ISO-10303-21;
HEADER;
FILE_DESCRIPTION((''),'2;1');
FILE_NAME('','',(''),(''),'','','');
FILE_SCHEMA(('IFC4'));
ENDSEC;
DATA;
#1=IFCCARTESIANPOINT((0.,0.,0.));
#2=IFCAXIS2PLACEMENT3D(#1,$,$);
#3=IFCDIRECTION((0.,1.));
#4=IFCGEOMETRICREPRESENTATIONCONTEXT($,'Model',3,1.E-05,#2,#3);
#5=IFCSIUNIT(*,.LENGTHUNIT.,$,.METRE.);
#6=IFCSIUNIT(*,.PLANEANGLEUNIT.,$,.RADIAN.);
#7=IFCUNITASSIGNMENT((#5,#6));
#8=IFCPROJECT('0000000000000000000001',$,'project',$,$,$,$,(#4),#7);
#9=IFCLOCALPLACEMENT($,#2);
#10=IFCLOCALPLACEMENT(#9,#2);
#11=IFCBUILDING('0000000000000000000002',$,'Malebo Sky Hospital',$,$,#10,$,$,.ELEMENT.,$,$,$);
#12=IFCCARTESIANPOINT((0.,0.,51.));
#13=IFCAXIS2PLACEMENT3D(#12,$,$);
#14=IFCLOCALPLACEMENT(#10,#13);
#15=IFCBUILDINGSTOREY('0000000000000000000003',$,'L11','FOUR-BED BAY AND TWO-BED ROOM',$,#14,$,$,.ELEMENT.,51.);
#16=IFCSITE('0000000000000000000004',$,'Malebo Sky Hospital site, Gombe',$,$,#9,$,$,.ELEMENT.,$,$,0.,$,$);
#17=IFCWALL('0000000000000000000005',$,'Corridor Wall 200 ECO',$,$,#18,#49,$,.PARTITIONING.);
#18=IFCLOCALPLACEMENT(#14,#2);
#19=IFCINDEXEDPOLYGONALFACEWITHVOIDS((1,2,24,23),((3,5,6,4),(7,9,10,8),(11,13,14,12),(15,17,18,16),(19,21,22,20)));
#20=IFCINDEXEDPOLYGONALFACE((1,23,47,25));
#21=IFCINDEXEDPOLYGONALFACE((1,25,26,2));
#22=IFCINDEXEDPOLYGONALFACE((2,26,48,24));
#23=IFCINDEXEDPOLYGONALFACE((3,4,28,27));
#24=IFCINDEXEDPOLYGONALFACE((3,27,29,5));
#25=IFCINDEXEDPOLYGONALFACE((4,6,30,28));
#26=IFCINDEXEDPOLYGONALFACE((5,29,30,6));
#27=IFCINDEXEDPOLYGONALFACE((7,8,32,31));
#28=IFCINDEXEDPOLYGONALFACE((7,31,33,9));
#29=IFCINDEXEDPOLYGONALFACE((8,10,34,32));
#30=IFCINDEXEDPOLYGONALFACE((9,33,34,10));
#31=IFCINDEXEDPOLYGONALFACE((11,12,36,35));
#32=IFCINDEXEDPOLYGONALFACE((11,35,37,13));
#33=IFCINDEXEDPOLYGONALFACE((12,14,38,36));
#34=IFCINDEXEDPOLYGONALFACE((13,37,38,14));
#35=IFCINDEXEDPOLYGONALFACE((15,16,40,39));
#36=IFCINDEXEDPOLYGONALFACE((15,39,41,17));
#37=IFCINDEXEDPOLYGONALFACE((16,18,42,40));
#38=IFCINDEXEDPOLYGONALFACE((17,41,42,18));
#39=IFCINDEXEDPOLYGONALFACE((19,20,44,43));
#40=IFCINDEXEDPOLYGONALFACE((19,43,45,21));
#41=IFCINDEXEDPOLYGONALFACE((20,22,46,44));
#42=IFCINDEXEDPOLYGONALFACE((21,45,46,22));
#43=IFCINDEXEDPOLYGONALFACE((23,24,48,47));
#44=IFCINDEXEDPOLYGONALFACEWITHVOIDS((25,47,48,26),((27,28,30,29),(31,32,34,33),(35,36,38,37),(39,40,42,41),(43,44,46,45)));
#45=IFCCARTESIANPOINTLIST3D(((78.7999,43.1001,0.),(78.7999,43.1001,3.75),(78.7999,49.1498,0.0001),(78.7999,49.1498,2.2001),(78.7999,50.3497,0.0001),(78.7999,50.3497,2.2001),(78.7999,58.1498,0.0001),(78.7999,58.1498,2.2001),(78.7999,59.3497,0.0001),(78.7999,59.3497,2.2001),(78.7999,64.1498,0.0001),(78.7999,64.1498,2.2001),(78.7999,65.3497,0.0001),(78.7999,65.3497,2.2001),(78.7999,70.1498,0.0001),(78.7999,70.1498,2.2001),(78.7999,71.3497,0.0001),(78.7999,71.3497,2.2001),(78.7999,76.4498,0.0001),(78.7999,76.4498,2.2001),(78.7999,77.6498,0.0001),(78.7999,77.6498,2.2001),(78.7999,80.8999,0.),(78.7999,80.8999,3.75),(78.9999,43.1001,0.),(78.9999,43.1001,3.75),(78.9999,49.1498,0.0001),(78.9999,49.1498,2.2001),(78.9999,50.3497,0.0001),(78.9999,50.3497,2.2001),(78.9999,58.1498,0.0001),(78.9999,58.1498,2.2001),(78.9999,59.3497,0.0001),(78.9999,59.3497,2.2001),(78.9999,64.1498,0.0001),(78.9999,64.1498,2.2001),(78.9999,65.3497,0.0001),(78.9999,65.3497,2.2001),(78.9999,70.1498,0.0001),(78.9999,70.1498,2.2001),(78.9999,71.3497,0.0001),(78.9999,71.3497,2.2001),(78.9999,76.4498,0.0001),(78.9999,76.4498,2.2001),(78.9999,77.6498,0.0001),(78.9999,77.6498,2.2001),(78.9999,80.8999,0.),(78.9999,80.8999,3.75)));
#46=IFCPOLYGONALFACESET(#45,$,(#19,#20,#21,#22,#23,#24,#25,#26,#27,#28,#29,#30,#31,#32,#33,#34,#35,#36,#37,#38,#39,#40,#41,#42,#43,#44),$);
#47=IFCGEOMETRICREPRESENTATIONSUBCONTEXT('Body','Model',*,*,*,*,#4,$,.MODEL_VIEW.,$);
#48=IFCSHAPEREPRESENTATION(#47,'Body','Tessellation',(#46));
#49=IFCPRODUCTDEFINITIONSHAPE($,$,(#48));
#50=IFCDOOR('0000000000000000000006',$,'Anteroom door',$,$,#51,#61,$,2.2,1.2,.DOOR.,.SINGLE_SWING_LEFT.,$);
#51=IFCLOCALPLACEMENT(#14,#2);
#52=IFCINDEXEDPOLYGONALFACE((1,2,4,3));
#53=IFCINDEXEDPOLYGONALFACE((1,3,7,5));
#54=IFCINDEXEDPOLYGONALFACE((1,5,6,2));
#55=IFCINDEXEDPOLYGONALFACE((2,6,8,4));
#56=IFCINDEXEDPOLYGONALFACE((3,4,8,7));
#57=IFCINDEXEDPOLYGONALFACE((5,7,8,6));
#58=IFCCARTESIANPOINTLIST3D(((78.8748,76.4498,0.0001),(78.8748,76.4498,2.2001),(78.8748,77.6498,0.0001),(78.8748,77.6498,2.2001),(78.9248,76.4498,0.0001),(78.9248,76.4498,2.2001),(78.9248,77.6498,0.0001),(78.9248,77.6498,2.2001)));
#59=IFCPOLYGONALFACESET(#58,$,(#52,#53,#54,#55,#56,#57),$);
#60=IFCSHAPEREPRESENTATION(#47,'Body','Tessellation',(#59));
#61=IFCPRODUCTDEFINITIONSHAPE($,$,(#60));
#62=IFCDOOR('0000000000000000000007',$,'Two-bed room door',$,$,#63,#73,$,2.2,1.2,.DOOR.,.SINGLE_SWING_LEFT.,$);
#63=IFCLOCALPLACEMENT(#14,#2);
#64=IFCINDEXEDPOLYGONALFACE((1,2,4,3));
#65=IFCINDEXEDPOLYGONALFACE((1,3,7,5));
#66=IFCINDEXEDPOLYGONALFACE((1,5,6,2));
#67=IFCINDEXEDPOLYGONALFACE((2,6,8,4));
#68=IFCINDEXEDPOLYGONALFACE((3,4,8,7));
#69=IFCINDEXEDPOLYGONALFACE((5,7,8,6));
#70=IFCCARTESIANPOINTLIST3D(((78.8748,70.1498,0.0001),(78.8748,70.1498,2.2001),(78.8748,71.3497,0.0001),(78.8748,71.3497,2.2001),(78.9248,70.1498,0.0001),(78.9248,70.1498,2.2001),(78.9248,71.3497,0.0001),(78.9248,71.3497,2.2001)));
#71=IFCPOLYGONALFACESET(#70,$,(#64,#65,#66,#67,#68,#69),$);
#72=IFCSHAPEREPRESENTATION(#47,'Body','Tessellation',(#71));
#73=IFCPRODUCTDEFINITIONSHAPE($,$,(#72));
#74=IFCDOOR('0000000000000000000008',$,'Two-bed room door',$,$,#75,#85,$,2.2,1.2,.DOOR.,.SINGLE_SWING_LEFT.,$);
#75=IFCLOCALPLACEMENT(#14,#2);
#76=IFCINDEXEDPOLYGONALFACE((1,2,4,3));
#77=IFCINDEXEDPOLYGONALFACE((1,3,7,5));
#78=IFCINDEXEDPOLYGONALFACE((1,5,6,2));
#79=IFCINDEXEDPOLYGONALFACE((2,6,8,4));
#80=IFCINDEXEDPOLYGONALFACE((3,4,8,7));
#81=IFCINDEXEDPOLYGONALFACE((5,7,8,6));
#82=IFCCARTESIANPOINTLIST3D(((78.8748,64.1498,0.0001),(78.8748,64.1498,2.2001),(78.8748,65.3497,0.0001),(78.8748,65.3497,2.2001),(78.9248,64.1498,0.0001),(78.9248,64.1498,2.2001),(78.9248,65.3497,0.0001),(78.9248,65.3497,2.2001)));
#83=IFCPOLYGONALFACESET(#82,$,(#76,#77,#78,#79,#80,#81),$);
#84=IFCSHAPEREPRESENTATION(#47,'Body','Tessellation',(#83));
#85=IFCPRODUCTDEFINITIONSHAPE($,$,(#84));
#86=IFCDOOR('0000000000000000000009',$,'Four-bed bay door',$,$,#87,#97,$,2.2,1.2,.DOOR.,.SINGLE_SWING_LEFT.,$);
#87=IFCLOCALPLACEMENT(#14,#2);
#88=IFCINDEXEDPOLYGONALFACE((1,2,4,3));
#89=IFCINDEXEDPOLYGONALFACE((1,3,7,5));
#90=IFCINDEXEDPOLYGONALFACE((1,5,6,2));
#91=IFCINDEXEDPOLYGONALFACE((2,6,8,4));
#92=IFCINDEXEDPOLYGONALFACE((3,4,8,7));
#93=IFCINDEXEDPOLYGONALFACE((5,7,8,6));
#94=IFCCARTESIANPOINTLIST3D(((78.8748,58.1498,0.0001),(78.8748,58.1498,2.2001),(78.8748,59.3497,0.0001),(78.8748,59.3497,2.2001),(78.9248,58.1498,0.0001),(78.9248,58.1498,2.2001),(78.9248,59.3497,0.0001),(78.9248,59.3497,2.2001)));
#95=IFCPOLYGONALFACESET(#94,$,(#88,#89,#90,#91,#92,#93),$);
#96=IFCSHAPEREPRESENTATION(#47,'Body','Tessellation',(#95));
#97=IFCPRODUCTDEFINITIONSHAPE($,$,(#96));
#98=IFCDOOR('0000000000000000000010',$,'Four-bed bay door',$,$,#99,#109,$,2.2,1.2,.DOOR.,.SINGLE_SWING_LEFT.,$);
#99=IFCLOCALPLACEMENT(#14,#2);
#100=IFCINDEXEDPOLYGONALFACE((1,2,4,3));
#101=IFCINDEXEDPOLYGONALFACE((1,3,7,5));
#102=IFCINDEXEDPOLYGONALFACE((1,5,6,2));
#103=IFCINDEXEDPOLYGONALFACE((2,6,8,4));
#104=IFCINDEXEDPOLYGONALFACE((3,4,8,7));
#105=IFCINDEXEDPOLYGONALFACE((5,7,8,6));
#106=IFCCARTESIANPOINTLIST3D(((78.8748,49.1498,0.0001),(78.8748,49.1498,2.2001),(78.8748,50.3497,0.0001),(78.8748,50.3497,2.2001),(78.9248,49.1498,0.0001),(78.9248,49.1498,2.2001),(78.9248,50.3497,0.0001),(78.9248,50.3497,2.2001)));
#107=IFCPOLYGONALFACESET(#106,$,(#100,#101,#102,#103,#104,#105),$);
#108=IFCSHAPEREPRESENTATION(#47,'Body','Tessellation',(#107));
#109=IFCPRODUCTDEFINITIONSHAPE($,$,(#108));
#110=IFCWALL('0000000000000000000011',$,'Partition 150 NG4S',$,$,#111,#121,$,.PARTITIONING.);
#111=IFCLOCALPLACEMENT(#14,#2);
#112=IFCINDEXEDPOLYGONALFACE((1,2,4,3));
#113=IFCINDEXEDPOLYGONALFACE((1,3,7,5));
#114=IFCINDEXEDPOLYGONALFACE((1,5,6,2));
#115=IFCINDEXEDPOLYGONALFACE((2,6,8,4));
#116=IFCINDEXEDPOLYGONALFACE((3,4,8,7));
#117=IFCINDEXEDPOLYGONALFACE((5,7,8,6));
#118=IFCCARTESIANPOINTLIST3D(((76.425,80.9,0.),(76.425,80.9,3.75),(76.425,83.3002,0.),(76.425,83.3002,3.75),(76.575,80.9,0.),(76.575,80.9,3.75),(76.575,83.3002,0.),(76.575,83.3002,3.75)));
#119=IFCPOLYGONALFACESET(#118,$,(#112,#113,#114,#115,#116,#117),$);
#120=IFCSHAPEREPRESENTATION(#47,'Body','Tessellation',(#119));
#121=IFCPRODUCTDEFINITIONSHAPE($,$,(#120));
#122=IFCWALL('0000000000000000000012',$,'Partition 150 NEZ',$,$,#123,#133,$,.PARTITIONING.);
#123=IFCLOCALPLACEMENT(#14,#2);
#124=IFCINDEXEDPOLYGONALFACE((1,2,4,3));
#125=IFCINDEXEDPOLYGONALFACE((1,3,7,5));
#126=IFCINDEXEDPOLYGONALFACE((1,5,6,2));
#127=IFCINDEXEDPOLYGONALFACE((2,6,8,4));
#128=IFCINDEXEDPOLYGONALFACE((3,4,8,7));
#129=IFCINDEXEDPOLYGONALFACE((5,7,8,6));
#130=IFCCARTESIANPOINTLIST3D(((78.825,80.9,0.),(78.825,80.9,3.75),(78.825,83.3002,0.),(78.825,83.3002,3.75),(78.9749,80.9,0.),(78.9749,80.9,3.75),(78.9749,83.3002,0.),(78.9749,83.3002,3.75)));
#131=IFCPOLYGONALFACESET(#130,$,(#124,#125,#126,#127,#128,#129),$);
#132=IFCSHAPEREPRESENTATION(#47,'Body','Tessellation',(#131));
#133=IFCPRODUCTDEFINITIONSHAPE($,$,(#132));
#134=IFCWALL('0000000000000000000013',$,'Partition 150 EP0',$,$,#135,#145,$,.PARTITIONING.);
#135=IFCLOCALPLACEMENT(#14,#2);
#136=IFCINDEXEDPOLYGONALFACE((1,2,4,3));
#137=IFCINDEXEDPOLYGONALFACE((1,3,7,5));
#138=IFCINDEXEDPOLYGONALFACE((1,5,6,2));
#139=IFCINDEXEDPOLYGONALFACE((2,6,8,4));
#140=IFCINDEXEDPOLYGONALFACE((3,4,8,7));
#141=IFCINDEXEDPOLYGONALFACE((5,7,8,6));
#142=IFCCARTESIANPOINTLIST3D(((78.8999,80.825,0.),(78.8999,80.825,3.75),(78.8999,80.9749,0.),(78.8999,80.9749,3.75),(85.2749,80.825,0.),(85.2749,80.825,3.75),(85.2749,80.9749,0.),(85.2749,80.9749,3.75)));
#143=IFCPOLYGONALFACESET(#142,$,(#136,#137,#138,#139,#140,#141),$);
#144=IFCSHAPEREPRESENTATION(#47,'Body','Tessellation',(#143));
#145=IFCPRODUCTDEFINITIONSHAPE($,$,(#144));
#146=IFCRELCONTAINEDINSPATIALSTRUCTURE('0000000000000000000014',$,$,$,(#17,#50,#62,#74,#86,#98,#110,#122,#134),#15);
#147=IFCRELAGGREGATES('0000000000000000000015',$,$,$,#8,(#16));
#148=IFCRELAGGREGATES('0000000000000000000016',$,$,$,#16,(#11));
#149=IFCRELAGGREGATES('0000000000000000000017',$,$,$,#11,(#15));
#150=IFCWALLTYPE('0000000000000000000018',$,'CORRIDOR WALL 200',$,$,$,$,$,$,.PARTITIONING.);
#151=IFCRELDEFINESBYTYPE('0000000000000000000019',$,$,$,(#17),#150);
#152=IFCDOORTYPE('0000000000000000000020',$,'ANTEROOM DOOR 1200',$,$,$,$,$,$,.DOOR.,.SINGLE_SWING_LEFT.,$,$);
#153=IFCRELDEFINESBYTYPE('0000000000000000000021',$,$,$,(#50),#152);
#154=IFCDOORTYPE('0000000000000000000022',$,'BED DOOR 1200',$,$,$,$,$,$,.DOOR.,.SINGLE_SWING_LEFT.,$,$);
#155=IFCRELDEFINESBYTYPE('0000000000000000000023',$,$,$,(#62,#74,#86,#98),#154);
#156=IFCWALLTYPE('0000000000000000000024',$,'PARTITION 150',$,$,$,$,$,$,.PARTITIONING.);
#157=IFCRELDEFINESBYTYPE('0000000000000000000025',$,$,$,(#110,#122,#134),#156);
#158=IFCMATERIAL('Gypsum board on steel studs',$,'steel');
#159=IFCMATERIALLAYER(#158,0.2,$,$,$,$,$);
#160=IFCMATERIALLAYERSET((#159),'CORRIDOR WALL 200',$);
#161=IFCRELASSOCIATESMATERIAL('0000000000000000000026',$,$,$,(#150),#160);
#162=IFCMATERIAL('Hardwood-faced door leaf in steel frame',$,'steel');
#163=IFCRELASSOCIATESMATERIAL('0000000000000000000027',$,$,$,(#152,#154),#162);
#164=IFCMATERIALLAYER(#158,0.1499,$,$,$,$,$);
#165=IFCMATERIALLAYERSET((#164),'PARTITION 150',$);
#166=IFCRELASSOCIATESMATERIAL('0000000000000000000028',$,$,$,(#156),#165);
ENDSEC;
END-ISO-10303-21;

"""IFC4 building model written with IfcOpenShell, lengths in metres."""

from ifc_helpers import new_model, si_unit, direction, frame, frame_2d, origin, place, context, subcontext, project, spatial, rectangle, extrude, material, layer, layer_set, type_object, element, fill, save


model = new_model("IFC4")

# Units and contexts
model_context = context("Model", 3, precision=1e-05, world=origin(), true_north=direction((0.0, 1.0)))
body_context = subcontext(model_context, "Body", "Model", "MODEL_VIEW")
ifc_project = project(units=[si_unit("LENGTHUNIT", "METRE"), si_unit("PLANEANGLEUNIT", "RADIAN")], contexts=[model_context])

# Site, building, storey
site_placement = place(None, origin())
site = spatial("IfcSite", under=ifc_project, at=site_placement, Name="Malebo Sky Hospital site, Gombe", CompositionType="ELEMENT", RefElevation=0.0)
building_placement = place(site_placement, origin())
building = spatial("IfcBuilding", under=site, at=building_placement, Name="Malebo Sky Hospital", CompositionType="ELEMENT")
storey_placement = place(building_placement, frame((0.0, 0.0, 51.0)))
storey = spatial("IfcBuildingStorey", under=building, at=storey_placement, Name="L11", Description="FOUR-BED BAY AND TWO-BED ROOM", CompositionType="ELEMENT", Elevation=51.0)

# Wall, openings, doors
ifc_material_1 = material(Name="Gypsum board on steel studs", Category="steel")
ifc_layer_1 = layer(ifc_material_1, 0.2)
ifc_layer_set_1 = layer_set([ifc_layer_1], Name="CORRIDOR WALL 200")
wall_type_1 = type_object("IfcWallType", Name="CORRIDOR WALL 200", PredefinedType="PARTITIONING", material=ifc_layer_set_1)
wall_1_placement = place(storey_placement, frame((78.8999, 80.8999, 0.0), z_axis=(0.0, 0.0, 1.0), x_axis=(0.0, -1.0, 0.0)))
wall_1 = element("IfcWall", 1, at=wall_1_placement, inside=storey, type_object=wall_type_1, Name="Corridor Wall 200 ECO", PredefinedType="PARTITIONING", context=body_context, shape_type="SweptSolid", body=[
    extrude(rectangle(XDim=37.7998, YDim=0.2, at=frame_2d((18.8999, 0.0))), origin(), (0.0, 0.0, 1.0), 3.75),
])
opening_1_placement = place(wall_1_placement, frame((3.25, 0.0, 0.0)))
opening_1 = element("IfcOpeningElement", 2, at=opening_1_placement, cuts=wall_1, PredefinedType="OPENING", context=body_context, shape_type="SweptSolid", body=[
    extrude(rectangle(XDim=1.2, YDim=2.2, at=frame_2d((0.6001, 1.1001))), frame((0.0, 0.1099, 0.0), z_axis=(0.0, -1.0, 0.0), x_axis=(1.0, 0.0, 0.0)), (0.0, 0.0, 1.0), 0.22),
])
opening_2_placement = place(wall_1_placement, frame((9.55, 0.0, 0.0)))
opening_2 = element("IfcOpeningElement", 3, at=opening_2_placement, cuts=wall_1, PredefinedType="OPENING", context=body_context, shape_type="SweptSolid", body=[
    extrude(rectangle(XDim=1.2, YDim=2.2, at=frame_2d((0.6001, 1.1001))), frame((0.0, 0.1099, 0.0), z_axis=(0.0, -1.0, 0.0), x_axis=(1.0, 0.0, 0.0)), (0.0, 0.0, 1.0), 0.22),
])
opening_3_placement = place(wall_1_placement, frame((15.55, 0.0, 0.0)))
opening_3 = element("IfcOpeningElement", 4, at=opening_3_placement, cuts=wall_1, PredefinedType="OPENING", context=body_context, shape_type="SweptSolid", body=[
    extrude(rectangle(XDim=1.2, YDim=2.2, at=frame_2d((0.6001, 1.1001))), frame((0.0, 0.1099, 0.0), z_axis=(0.0, -1.0, 0.0), x_axis=(1.0, 0.0, 0.0)), (0.0, 0.0, 1.0), 0.22),
])
opening_4_placement = place(wall_1_placement, frame((21.55, 0.0, 0.0)))
opening_4 = element("IfcOpeningElement", 5, at=opening_4_placement, cuts=wall_1, PredefinedType="OPENING", context=body_context, shape_type="SweptSolid", body=[
    extrude(rectangle(XDim=1.2, YDim=2.2, at=frame_2d((0.6001, 1.1001))), frame((0.0, 0.1099, 0.0), z_axis=(0.0, -1.0, 0.0), x_axis=(1.0, 0.0, 0.0)), (0.0, 0.0, 1.0), 0.22),
])
opening_5_placement = place(wall_1_placement, frame((30.55, 0.0, 0.0)))
opening_5 = element("IfcOpeningElement", 6, at=opening_5_placement, cuts=wall_1, PredefinedType="OPENING", context=body_context, shape_type="SweptSolid", body=[
    extrude(rectangle(XDim=1.2, YDim=2.2, at=frame_2d((0.6001, 1.1001))), frame((0.0, 0.1099, 0.0), z_axis=(0.0, -1.0, 0.0), x_axis=(1.0, 0.0, 0.0)), (0.0, 0.0, 1.0), 0.22),
])
ifc_material_2 = material(Name="Hardwood-faced door leaf in steel frame", Category="steel")
door_type_1 = type_object("IfcDoorType", Name="ANTEROOM DOOR 1200", OperationType="SINGLE_SWING_LEFT", PredefinedType="DOOR", material=ifc_material_2)
door_1_placement = place(opening_1_placement, origin())
door_1 = element("IfcDoor", 7, at=door_1_placement, inside=storey, type_object=door_type_1, Name="Anteroom door", OperationType="SINGLE_SWING_LEFT", OverallHeight=2.2, OverallWidth=1.2, PredefinedType="DOOR", context=body_context, shape_type="SweptSolid", body=[
    extrude(rectangle(XDim=1.2, YDim=2.2, at=frame_2d((0.6001, 1.1001))), frame((0.0, 0.0249, 0.0), z_axis=(0.0, -1.0, 0.0), x_axis=(1.0, 0.0, 0.0)), (0.0, 0.0, 1.0), 0.05),
])
fill(opening_1, door_1)
door_type_2 = type_object("IfcDoorType", Name="BED DOOR 1200", OperationType="SINGLE_SWING_LEFT", PredefinedType="DOOR", material=ifc_material_2)
door_2_placement = place(opening_2_placement, origin())
door_2 = element("IfcDoor", 8, at=door_2_placement, inside=storey, type_object=door_type_2, Name="Two-bed room door", OperationType="SINGLE_SWING_LEFT", OverallHeight=2.2, OverallWidth=1.2, PredefinedType="DOOR", context=body_context, shape_type="SweptSolid", body=[
    extrude(rectangle(XDim=1.2, YDim=2.2, at=frame_2d((0.6001, 1.1001))), frame((0.0, 0.0249, 0.0), z_axis=(0.0, -1.0, 0.0), x_axis=(1.0, 0.0, 0.0)), (0.0, 0.0, 1.0), 0.05),
])
fill(opening_2, door_2)
door_3_placement = place(opening_3_placement, origin())
door_3 = element("IfcDoor", 9, at=door_3_placement, inside=storey, type_object=door_type_2, Name="Two-bed room door", OperationType="SINGLE_SWING_LEFT", OverallHeight=2.2, OverallWidth=1.2, PredefinedType="DOOR", context=body_context, shape_type="SweptSolid", body=[
    extrude(rectangle(XDim=1.2, YDim=2.2, at=frame_2d((0.6001, 1.1001))), frame((0.0, 0.0249, 0.0), z_axis=(0.0, -1.0, 0.0), x_axis=(1.0, 0.0, 0.0)), (0.0, 0.0, 1.0), 0.05),
])
fill(opening_3, door_3)
door_4_placement = place(opening_4_placement, origin())
door_4 = element("IfcDoor", 10, at=door_4_placement, inside=storey, type_object=door_type_2, Name="Four-bed bay door", OperationType="SINGLE_SWING_LEFT", OverallHeight=2.2, OverallWidth=1.2, PredefinedType="DOOR", context=body_context, shape_type="SweptSolid", body=[
    extrude(rectangle(XDim=1.2, YDim=2.2, at=frame_2d((0.6001, 1.1001))), frame((0.0, 0.0249, 0.0), z_axis=(0.0, -1.0, 0.0), x_axis=(1.0, 0.0, 0.0)), (0.0, 0.0, 1.0), 0.05),
])
fill(opening_4, door_4)
door_5_placement = place(opening_5_placement, origin())
door_5 = element("IfcDoor", 11, at=door_5_placement, inside=storey, type_object=door_type_2, Name="Four-bed bay door", OperationType="SINGLE_SWING_LEFT", OverallHeight=2.2, OverallWidth=1.2, PredefinedType="DOOR", context=body_context, shape_type="SweptSolid", body=[
    extrude(rectangle(XDim=1.2, YDim=2.2, at=frame_2d((0.6001, 1.1001))), frame((0.0, 0.0249, 0.0), z_axis=(0.0, -1.0, 0.0), x_axis=(1.0, 0.0, 0.0)), (0.0, 0.0, 1.0), 0.05),
])
fill(opening_5, door_5)

# Walls
ifc_layer_2 = layer(ifc_material_1, 0.1499)
ifc_layer_set_2 = layer_set([ifc_layer_2], Name="PARTITION 150")
wall_type_2 = type_object("IfcWallType", Name="PARTITION 150", PredefinedType="PARTITIONING", material=ifc_layer_set_2)
for number, where, z_axis, x_axis, name in (
    (12, (76.5, 80.8999, 0.0), (0.0, 0.0, 1.0), (0.0, 1.0, 0.0), "Partition 150 NG4S"),
    (13, (78.8999, 80.8999, 0.0), (0.0, 0.0, 1.0), (0.0, 1.0, 0.0), "Partition 150 NEZ"),
):
    element("IfcWall", number, at=place(storey_placement, frame(where, z_axis=z_axis, x_axis=x_axis)), inside=storey, type_object=wall_type_2, Name=name, PredefinedType="PARTITIONING", context=body_context, shape_type="SweptSolid", body=[
        extrude(rectangle(XDim=2.4001, YDim=0.1499, at=frame_2d((1.2002, 0.0))), origin(), (0.0, 0.0, 1.0), 3.75),
    ])
wall_2_placement = place(storey_placement, frame((78.8999, 80.8999, 0.0), z_axis=(0.0, 0.0, 1.0), x_axis=(1.0, 0.0, 0.0)))
element("IfcWall", 14, at=wall_2_placement, inside=storey, type_object=wall_type_2, Name="Partition 150 EP0", PredefinedType="PARTITIONING", context=body_context, shape_type="SweptSolid", body=[
    extrude(rectangle(XDim=6.375, YDim=0.1499, at=frame_2d((3.1875, 0.0))), origin(), (0.0, 0.0, 1.0), 3.75),
])

save(model, "model.ifc")
